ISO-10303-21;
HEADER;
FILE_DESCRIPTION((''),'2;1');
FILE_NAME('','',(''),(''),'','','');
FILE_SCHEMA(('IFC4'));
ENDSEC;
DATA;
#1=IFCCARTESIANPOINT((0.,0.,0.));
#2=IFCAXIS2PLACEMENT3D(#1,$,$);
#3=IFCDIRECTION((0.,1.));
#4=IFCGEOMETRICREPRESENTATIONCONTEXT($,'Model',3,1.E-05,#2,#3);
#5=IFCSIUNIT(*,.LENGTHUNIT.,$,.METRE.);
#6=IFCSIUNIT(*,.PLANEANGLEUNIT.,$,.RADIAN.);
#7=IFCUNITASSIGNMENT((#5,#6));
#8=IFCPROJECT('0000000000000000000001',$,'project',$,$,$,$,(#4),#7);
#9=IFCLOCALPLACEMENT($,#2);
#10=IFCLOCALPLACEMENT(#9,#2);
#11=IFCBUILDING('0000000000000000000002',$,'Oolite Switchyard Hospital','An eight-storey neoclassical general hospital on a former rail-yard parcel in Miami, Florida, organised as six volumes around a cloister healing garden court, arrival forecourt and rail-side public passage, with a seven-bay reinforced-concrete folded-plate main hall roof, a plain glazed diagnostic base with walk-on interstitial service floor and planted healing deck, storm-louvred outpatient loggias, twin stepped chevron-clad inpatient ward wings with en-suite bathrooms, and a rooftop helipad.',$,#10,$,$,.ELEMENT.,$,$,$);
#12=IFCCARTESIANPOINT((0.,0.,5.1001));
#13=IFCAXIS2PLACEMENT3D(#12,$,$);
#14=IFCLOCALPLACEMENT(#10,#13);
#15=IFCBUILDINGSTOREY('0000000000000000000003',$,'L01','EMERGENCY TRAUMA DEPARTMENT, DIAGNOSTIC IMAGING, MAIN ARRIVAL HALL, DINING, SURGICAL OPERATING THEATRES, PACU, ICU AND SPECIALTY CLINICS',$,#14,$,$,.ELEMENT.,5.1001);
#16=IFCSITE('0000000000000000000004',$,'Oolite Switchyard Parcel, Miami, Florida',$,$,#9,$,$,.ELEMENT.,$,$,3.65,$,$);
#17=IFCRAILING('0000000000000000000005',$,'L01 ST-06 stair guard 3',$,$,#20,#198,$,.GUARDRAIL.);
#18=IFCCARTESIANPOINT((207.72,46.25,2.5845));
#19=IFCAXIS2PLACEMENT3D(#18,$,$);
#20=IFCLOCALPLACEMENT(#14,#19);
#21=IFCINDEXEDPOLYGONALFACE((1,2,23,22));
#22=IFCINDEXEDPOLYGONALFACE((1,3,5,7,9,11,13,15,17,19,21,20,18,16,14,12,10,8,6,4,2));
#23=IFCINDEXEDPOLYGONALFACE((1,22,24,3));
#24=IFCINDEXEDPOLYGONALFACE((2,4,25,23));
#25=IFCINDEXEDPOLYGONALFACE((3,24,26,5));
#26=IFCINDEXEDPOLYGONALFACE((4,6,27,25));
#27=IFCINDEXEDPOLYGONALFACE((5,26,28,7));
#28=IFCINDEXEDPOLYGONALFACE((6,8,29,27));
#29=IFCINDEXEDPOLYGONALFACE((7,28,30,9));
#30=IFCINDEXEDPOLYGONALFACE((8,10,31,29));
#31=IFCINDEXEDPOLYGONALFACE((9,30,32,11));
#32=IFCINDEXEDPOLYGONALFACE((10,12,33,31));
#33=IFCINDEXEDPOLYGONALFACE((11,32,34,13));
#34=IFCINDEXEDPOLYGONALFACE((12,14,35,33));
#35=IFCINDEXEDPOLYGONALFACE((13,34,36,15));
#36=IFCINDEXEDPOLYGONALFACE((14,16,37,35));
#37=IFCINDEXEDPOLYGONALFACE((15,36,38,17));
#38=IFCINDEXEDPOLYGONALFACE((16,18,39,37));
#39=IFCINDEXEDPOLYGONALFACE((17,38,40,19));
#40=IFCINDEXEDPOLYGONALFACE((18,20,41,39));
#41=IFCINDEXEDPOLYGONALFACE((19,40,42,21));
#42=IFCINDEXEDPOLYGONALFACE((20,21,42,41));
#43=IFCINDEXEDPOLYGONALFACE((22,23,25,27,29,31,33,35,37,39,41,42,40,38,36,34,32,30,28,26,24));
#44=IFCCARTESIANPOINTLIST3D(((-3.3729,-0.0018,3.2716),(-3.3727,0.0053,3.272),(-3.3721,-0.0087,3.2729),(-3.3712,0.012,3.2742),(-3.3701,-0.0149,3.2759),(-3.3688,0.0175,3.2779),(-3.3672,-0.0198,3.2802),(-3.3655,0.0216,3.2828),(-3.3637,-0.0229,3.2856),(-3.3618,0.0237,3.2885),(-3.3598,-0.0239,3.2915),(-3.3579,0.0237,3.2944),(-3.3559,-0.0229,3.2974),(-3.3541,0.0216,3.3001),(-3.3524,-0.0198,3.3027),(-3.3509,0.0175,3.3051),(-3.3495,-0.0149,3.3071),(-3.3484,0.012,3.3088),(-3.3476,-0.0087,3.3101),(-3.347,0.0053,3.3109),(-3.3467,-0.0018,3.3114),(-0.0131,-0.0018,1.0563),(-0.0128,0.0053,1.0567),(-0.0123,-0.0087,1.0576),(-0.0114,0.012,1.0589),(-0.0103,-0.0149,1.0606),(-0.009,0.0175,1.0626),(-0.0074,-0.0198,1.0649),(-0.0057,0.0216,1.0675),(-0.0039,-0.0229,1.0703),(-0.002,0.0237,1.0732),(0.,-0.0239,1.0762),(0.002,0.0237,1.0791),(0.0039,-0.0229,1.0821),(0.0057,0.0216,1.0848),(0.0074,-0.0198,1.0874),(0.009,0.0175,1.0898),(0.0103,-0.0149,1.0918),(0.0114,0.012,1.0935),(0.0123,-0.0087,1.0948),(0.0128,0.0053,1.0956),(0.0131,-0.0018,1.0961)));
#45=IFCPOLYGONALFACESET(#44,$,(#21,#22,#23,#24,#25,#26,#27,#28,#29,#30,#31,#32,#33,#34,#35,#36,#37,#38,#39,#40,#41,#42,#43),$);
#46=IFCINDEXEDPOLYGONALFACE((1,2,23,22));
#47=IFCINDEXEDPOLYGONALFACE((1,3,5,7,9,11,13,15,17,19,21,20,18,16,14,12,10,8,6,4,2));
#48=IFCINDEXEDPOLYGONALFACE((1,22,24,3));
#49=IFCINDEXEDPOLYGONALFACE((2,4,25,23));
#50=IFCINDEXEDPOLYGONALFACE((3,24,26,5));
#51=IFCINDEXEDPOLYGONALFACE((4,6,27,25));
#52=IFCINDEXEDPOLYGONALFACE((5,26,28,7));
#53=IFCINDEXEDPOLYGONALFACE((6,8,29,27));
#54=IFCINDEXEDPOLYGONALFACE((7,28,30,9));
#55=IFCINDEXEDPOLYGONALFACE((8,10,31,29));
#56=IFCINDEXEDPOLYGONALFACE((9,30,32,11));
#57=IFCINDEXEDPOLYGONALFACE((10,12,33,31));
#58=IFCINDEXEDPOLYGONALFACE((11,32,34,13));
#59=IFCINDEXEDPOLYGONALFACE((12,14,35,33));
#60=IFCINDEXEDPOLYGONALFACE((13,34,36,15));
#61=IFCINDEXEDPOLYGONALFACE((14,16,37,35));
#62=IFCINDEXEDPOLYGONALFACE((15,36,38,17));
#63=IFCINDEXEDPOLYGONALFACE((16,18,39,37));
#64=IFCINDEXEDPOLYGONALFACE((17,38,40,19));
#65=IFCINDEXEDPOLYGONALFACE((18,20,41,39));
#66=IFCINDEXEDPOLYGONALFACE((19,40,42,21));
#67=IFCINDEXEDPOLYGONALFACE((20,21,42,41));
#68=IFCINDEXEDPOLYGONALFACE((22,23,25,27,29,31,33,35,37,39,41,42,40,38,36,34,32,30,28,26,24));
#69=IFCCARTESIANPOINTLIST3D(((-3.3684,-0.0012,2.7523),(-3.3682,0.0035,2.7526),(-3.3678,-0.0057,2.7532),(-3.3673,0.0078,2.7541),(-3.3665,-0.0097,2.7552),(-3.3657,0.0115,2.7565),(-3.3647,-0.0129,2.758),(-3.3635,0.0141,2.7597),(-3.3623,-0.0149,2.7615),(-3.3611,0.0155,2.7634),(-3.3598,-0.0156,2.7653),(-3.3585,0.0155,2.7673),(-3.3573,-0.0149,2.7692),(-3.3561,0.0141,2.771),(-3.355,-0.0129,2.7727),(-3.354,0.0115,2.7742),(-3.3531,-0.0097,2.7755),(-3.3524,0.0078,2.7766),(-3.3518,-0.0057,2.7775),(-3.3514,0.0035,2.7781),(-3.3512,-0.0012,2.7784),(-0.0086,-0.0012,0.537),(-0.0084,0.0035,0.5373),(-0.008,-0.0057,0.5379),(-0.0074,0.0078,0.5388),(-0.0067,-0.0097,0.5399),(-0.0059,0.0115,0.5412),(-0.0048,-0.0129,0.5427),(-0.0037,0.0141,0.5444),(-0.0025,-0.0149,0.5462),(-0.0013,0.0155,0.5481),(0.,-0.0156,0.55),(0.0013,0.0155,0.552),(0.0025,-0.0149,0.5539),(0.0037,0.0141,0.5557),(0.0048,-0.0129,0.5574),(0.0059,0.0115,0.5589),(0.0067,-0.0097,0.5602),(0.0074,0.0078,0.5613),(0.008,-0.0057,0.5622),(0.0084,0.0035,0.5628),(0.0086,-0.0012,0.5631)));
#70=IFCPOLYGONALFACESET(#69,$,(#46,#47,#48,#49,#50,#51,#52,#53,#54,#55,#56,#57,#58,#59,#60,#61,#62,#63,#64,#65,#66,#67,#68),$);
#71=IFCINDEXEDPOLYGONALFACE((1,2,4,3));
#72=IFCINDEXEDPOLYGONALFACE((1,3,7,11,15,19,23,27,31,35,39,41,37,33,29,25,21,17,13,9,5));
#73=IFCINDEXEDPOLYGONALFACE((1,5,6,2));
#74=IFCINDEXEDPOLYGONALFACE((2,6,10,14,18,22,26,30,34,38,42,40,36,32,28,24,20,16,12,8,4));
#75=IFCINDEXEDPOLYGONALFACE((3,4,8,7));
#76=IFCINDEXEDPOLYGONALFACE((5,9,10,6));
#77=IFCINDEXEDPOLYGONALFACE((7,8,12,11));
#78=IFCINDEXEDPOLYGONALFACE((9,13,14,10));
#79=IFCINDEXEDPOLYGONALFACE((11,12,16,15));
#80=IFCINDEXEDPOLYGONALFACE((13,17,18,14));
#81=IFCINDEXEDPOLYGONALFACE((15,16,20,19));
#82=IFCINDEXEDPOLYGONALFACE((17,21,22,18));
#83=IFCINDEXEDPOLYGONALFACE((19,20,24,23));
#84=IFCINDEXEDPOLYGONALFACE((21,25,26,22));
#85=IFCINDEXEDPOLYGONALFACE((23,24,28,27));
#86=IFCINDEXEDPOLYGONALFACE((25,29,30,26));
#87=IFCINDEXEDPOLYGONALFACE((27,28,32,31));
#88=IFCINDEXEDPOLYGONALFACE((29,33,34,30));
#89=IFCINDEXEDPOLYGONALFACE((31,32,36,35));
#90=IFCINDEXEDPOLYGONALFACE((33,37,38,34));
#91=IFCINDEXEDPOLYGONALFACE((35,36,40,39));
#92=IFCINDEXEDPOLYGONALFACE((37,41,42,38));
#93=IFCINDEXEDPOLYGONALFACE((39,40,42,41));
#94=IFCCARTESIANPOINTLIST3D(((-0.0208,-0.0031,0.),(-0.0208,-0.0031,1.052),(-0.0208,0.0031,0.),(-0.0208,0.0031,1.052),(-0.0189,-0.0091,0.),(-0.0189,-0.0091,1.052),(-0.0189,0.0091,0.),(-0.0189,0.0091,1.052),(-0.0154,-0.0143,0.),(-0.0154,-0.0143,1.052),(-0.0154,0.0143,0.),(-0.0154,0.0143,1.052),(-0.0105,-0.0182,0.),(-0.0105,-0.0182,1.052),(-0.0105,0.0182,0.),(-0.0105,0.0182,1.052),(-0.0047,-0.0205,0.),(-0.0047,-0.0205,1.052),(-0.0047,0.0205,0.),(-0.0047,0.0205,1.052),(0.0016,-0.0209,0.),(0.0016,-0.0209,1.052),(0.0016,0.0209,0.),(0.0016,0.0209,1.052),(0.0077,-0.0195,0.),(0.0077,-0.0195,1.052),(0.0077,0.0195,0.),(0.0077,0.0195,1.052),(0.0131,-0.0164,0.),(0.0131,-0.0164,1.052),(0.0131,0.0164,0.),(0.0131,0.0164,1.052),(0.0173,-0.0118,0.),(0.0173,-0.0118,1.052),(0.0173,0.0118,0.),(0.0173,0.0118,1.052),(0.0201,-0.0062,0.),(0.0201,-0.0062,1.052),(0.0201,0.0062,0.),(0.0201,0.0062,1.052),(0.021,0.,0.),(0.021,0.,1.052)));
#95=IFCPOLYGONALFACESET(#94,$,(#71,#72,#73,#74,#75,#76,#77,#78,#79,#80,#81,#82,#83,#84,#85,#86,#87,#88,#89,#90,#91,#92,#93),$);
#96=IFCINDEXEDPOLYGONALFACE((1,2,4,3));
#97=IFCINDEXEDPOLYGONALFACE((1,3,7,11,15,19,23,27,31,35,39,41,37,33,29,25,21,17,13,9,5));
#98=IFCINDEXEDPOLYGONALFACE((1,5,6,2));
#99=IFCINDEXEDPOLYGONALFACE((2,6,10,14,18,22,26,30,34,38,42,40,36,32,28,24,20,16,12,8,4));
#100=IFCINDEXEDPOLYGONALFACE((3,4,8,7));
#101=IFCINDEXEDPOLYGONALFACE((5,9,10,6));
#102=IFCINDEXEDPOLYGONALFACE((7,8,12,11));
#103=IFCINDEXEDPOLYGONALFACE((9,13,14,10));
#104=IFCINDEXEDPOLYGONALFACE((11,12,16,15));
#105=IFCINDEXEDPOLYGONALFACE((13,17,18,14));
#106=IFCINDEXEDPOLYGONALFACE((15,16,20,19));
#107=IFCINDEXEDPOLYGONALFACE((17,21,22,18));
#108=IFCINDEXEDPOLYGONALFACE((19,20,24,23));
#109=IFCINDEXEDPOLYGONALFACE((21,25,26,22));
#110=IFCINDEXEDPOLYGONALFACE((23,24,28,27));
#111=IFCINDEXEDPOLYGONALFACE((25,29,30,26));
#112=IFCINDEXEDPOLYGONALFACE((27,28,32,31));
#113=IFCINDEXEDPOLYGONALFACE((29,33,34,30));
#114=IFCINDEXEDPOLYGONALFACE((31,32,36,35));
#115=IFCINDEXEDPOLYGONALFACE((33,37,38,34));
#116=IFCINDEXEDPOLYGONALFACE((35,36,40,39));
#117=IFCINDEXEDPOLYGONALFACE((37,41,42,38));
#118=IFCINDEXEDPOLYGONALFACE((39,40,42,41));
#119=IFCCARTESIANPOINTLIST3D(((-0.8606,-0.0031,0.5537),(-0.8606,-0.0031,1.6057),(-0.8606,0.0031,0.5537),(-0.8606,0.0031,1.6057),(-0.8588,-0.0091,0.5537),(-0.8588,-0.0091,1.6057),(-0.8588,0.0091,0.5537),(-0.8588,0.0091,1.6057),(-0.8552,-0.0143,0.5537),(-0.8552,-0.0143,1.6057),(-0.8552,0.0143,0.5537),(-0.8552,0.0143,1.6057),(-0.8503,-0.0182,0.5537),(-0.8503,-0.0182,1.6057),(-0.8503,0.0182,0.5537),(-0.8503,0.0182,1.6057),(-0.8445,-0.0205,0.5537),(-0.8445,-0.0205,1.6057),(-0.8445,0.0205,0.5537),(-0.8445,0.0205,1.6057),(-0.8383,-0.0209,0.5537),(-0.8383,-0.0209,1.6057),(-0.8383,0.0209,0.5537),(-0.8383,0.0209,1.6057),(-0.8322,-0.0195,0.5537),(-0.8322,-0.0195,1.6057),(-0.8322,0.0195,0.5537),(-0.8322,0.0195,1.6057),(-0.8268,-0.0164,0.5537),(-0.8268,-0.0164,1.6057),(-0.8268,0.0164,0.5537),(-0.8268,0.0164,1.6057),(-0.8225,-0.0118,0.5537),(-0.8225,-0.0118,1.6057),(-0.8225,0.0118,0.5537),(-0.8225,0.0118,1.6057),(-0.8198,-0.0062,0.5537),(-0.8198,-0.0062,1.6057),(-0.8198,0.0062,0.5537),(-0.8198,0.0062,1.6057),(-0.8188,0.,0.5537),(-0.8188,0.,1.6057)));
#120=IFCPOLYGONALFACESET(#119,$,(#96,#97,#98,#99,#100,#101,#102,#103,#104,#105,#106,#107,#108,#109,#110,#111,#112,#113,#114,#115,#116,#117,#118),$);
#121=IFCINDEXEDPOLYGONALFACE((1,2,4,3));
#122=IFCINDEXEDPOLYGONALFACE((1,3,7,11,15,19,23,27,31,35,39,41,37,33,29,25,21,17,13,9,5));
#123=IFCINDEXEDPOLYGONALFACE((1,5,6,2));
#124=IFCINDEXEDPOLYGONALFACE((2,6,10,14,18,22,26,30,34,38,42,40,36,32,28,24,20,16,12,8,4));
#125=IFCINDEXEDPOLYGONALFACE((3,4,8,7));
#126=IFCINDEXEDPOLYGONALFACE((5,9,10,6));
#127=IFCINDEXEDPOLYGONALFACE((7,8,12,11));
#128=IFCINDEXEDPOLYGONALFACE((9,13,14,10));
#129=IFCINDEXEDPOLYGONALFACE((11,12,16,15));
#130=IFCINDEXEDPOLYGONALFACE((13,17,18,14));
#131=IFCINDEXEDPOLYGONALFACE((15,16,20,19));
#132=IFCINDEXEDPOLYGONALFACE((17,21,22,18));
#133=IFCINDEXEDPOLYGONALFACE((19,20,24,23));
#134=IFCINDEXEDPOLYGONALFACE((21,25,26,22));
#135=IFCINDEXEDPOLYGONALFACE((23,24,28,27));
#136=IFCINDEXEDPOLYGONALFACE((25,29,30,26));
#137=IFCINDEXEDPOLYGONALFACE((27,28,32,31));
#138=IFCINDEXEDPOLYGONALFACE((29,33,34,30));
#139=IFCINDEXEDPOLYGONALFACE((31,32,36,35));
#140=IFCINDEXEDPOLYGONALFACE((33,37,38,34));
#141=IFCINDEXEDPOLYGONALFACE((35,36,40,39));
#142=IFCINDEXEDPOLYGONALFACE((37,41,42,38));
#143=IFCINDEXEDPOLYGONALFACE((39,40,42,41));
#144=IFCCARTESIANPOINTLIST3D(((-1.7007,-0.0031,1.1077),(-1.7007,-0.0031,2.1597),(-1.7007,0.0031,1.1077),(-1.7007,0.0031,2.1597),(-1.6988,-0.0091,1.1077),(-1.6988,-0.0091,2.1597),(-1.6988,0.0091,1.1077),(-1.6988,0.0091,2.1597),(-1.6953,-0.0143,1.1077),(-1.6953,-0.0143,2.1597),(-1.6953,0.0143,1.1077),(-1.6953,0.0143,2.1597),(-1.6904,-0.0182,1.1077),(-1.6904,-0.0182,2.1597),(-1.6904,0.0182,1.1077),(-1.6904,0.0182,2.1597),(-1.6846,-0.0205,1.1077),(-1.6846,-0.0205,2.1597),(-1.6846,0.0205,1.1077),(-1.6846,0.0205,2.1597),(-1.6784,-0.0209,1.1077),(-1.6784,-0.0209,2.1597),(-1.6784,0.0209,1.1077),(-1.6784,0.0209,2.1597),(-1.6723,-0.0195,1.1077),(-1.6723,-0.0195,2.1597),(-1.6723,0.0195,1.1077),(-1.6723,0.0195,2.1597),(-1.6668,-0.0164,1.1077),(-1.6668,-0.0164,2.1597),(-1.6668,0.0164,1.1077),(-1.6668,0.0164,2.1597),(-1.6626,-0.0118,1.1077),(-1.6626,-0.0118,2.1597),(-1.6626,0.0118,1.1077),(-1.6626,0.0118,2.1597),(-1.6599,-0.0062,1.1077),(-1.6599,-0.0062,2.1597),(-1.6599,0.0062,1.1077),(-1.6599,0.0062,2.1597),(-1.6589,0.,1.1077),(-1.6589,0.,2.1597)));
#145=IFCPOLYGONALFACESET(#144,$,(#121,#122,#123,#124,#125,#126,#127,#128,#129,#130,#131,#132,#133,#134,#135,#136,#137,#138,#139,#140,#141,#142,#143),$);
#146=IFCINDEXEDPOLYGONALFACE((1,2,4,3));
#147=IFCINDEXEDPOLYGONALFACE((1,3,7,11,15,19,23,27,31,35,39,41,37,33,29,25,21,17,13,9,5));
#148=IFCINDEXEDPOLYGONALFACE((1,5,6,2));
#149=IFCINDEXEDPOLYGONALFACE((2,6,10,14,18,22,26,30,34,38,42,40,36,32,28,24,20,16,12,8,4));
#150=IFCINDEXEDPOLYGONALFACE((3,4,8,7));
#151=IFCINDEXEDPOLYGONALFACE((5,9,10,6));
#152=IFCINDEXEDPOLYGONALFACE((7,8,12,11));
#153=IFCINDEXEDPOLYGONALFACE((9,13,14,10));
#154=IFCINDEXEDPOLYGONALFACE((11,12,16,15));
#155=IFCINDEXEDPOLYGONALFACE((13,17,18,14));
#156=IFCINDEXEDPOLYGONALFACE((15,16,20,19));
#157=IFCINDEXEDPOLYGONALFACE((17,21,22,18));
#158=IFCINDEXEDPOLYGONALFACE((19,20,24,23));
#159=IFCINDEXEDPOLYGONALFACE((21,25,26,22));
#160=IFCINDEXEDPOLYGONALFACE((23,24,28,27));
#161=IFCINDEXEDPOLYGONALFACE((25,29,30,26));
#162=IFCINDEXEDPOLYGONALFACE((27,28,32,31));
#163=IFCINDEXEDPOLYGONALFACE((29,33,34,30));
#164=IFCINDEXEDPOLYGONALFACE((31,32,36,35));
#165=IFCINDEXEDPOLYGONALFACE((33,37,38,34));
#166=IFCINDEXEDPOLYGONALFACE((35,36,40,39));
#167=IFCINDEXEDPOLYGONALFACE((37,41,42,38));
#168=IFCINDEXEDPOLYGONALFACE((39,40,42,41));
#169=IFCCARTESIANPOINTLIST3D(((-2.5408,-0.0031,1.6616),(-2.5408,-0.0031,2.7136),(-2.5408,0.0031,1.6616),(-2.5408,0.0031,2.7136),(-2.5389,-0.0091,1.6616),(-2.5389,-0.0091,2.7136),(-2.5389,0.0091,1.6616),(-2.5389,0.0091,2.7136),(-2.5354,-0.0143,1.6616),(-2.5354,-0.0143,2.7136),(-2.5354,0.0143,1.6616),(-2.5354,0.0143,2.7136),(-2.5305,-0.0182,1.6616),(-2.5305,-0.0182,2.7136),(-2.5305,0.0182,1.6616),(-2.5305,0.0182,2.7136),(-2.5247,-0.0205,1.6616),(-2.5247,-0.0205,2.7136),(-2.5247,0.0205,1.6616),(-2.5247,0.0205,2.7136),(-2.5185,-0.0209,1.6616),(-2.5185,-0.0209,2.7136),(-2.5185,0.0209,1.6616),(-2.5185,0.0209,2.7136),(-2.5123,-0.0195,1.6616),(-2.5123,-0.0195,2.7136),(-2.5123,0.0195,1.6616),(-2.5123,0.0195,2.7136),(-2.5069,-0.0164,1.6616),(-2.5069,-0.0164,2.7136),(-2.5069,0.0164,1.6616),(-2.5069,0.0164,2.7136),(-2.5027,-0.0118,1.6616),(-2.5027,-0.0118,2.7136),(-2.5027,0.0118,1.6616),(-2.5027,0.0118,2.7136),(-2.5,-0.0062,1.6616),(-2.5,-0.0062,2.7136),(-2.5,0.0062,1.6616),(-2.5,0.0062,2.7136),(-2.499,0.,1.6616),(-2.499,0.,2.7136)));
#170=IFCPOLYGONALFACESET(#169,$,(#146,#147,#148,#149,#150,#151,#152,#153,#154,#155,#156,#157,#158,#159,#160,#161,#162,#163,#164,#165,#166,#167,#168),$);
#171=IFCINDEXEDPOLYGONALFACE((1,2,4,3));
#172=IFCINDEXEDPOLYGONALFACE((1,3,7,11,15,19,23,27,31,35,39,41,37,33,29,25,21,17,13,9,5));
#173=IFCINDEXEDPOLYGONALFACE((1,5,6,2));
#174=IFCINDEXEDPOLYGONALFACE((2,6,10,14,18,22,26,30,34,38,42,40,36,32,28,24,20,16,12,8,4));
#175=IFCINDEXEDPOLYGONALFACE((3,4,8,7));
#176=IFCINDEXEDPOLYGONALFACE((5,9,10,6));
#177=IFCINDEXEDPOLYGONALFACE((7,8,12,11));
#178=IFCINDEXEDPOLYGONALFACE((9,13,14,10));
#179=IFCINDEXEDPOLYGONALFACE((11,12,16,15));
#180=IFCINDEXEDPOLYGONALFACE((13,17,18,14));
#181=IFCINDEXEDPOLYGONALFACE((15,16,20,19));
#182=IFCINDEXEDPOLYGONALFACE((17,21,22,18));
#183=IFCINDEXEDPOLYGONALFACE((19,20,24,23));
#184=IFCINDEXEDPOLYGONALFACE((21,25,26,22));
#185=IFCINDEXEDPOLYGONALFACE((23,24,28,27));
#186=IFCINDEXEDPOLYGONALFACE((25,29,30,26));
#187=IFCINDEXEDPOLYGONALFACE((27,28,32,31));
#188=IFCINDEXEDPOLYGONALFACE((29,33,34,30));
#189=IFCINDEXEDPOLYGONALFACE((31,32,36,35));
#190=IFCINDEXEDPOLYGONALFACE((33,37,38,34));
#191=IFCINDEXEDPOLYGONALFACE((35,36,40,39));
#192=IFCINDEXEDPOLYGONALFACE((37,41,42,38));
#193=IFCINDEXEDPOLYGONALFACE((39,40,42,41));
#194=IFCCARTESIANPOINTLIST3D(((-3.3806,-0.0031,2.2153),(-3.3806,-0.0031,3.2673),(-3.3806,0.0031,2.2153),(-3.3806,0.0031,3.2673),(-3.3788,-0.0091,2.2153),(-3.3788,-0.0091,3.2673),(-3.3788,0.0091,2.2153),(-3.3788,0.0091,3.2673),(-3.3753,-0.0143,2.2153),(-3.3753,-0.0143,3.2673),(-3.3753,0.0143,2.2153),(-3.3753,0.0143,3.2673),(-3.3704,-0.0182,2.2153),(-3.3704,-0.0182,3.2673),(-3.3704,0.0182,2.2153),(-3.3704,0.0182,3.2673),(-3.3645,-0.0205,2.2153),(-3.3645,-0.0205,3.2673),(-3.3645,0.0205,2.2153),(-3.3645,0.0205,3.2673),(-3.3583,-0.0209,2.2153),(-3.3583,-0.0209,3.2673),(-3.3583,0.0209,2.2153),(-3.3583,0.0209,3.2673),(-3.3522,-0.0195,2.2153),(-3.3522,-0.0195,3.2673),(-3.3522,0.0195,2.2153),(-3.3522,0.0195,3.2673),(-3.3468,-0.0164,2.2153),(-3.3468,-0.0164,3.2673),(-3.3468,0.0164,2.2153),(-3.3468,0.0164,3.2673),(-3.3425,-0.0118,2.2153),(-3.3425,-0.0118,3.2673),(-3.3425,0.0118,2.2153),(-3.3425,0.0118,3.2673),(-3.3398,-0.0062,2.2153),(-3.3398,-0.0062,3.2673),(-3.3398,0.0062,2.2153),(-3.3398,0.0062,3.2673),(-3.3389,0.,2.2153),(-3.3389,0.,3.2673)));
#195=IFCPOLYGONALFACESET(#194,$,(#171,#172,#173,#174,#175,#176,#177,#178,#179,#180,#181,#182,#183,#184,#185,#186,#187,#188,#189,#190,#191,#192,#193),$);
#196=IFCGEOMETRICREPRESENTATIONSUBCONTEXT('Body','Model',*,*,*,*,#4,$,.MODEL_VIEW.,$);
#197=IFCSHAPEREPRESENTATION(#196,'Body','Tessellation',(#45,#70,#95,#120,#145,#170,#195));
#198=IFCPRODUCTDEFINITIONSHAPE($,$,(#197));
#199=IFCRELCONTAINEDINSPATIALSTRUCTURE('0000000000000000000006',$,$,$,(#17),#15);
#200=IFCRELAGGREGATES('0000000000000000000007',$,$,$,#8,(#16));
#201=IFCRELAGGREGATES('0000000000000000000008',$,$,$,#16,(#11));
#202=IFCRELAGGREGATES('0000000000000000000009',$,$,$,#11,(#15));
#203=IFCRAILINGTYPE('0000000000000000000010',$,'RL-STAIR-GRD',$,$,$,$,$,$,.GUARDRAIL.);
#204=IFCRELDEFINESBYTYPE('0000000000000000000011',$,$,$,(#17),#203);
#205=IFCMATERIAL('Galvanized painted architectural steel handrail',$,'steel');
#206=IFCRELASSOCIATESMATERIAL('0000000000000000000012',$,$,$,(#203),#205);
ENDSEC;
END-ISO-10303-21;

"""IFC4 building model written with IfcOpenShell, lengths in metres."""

from ifc_helpers import new_model, si_unit, direction, frame, origin, origin_2d, place, context, subcontext, project, spatial, circle, extrude, material, type_object, element, save


model = new_model("IFC4")

# Units and contexts
model_context = context("Model", 3, precision=1e-05, world=origin(), true_north=direction((0.0, 1.0)))
body_context = subcontext(model_context, "Body", "Model", "MODEL_VIEW")
ifc_project = project(units=[si_unit("LENGTHUNIT", "METRE"), si_unit("PLANEANGLEUNIT", "RADIAN")], contexts=[model_context])

# Site, building, storey
site_placement = place(None, origin())
site = spatial("IfcSite", under=ifc_project, at=site_placement, Name="Oolite Switchyard Parcel, Miami, Florida", CompositionType="ELEMENT", RefElevation=3.65)
building_placement = place(site_placement, origin())
building = spatial("IfcBuilding", under=site, at=building_placement, Name="Oolite Switchyard Hospital", Description="An eight-storey neoclassical general hospital on a former rail-yard parcel in Miami, Florida, organised as six volumes around a cloister healing garden court, arrival forecourt and rail-side public passage, with a seven-bay reinforced-concrete folded-plate main hall roof, a plain glazed diagnostic base with walk-on interstitial service floor and planted healing deck, storm-louvred outpatient loggias, twin stepped chevron-clad inpatient ward wings with en-suite bathrooms, and a rooftop helipad.", CompositionType="ELEMENT")
storey_placement = place(building_placement, frame((0.0, 0.0, 5.1001)))
storey = spatial("IfcBuildingStorey", under=building, at=storey_placement, Name="L01", Description="EMERGENCY TRAUMA DEPARTMENT, DIAGNOSTIC IMAGING, MAIN ARRIVAL HALL, DINING, SURGICAL OPERATING THEATRES, PACU, ICU AND SPECIALTY CLINICS", CompositionType="ELEMENT", Elevation=5.1001)

# Railing
ifc_material_1 = material(Name="Galvanized painted architectural steel handrail", Category="steel")
railing_type_1 = type_object("IfcRailingType", Name="RL-STAIR-GRD", PredefinedType="GUARDRAIL", material=ifc_material_1)
railing_1_placement = place(storey_placement, frame((207.72, 46.25, 2.5845)))
element("IfcRailing", 1, at=railing_1_placement, inside=storey, type_object=railing_type_1, Name="L01 ST-06 stair guard 3", PredefinedType="GUARDRAIL", context=body_context, shape_type="SweptSolid", body=[
    extrude(circle(Radius=0.0239, at=origin_2d()), frame((0.0, 0.0, 1.0762), z_axis=(-0.834858, 0.0, 0.550465), x_axis=(0.0, -1.0, 0.0)), (0.0, 0.0, 1.0), 4.0244),
    extrude(circle(Radius=0.0156, at=origin_2d()), frame((0.0, 0.0, 0.55), z_axis=(-0.834858, 0.0, 0.550465), x_axis=(0.0, -1.0, 0.0)), (0.0, 0.0, 1.0), 4.0244),
    extrude(circle(Radius=0.021, at=origin_2d()), origin(), (0.0, 0.0, 1.0), 1.052),
    extrude(circle(Radius=0.021, at=origin_2d()), frame((-0.8398, 0.0, 0.5537)), (0.0, 0.0, 1.0), 1.052),
    extrude(circle(Radius=0.021, at=origin_2d()), frame((-1.6799, 0.0, 1.1077)), (0.0, 0.0, 1.0), 1.052),
    extrude(circle(Radius=0.021, at=origin_2d()), frame((-2.52, 0.0, 1.6616)), (0.0, 0.0, 1.0), 1.052),
    extrude(circle(Radius=0.021, at=origin_2d()), frame((-3.3599, 0.0, 2.2153)), (0.0, 0.0, 1.0), 1.052),
])

save(model, "model.ifc")
